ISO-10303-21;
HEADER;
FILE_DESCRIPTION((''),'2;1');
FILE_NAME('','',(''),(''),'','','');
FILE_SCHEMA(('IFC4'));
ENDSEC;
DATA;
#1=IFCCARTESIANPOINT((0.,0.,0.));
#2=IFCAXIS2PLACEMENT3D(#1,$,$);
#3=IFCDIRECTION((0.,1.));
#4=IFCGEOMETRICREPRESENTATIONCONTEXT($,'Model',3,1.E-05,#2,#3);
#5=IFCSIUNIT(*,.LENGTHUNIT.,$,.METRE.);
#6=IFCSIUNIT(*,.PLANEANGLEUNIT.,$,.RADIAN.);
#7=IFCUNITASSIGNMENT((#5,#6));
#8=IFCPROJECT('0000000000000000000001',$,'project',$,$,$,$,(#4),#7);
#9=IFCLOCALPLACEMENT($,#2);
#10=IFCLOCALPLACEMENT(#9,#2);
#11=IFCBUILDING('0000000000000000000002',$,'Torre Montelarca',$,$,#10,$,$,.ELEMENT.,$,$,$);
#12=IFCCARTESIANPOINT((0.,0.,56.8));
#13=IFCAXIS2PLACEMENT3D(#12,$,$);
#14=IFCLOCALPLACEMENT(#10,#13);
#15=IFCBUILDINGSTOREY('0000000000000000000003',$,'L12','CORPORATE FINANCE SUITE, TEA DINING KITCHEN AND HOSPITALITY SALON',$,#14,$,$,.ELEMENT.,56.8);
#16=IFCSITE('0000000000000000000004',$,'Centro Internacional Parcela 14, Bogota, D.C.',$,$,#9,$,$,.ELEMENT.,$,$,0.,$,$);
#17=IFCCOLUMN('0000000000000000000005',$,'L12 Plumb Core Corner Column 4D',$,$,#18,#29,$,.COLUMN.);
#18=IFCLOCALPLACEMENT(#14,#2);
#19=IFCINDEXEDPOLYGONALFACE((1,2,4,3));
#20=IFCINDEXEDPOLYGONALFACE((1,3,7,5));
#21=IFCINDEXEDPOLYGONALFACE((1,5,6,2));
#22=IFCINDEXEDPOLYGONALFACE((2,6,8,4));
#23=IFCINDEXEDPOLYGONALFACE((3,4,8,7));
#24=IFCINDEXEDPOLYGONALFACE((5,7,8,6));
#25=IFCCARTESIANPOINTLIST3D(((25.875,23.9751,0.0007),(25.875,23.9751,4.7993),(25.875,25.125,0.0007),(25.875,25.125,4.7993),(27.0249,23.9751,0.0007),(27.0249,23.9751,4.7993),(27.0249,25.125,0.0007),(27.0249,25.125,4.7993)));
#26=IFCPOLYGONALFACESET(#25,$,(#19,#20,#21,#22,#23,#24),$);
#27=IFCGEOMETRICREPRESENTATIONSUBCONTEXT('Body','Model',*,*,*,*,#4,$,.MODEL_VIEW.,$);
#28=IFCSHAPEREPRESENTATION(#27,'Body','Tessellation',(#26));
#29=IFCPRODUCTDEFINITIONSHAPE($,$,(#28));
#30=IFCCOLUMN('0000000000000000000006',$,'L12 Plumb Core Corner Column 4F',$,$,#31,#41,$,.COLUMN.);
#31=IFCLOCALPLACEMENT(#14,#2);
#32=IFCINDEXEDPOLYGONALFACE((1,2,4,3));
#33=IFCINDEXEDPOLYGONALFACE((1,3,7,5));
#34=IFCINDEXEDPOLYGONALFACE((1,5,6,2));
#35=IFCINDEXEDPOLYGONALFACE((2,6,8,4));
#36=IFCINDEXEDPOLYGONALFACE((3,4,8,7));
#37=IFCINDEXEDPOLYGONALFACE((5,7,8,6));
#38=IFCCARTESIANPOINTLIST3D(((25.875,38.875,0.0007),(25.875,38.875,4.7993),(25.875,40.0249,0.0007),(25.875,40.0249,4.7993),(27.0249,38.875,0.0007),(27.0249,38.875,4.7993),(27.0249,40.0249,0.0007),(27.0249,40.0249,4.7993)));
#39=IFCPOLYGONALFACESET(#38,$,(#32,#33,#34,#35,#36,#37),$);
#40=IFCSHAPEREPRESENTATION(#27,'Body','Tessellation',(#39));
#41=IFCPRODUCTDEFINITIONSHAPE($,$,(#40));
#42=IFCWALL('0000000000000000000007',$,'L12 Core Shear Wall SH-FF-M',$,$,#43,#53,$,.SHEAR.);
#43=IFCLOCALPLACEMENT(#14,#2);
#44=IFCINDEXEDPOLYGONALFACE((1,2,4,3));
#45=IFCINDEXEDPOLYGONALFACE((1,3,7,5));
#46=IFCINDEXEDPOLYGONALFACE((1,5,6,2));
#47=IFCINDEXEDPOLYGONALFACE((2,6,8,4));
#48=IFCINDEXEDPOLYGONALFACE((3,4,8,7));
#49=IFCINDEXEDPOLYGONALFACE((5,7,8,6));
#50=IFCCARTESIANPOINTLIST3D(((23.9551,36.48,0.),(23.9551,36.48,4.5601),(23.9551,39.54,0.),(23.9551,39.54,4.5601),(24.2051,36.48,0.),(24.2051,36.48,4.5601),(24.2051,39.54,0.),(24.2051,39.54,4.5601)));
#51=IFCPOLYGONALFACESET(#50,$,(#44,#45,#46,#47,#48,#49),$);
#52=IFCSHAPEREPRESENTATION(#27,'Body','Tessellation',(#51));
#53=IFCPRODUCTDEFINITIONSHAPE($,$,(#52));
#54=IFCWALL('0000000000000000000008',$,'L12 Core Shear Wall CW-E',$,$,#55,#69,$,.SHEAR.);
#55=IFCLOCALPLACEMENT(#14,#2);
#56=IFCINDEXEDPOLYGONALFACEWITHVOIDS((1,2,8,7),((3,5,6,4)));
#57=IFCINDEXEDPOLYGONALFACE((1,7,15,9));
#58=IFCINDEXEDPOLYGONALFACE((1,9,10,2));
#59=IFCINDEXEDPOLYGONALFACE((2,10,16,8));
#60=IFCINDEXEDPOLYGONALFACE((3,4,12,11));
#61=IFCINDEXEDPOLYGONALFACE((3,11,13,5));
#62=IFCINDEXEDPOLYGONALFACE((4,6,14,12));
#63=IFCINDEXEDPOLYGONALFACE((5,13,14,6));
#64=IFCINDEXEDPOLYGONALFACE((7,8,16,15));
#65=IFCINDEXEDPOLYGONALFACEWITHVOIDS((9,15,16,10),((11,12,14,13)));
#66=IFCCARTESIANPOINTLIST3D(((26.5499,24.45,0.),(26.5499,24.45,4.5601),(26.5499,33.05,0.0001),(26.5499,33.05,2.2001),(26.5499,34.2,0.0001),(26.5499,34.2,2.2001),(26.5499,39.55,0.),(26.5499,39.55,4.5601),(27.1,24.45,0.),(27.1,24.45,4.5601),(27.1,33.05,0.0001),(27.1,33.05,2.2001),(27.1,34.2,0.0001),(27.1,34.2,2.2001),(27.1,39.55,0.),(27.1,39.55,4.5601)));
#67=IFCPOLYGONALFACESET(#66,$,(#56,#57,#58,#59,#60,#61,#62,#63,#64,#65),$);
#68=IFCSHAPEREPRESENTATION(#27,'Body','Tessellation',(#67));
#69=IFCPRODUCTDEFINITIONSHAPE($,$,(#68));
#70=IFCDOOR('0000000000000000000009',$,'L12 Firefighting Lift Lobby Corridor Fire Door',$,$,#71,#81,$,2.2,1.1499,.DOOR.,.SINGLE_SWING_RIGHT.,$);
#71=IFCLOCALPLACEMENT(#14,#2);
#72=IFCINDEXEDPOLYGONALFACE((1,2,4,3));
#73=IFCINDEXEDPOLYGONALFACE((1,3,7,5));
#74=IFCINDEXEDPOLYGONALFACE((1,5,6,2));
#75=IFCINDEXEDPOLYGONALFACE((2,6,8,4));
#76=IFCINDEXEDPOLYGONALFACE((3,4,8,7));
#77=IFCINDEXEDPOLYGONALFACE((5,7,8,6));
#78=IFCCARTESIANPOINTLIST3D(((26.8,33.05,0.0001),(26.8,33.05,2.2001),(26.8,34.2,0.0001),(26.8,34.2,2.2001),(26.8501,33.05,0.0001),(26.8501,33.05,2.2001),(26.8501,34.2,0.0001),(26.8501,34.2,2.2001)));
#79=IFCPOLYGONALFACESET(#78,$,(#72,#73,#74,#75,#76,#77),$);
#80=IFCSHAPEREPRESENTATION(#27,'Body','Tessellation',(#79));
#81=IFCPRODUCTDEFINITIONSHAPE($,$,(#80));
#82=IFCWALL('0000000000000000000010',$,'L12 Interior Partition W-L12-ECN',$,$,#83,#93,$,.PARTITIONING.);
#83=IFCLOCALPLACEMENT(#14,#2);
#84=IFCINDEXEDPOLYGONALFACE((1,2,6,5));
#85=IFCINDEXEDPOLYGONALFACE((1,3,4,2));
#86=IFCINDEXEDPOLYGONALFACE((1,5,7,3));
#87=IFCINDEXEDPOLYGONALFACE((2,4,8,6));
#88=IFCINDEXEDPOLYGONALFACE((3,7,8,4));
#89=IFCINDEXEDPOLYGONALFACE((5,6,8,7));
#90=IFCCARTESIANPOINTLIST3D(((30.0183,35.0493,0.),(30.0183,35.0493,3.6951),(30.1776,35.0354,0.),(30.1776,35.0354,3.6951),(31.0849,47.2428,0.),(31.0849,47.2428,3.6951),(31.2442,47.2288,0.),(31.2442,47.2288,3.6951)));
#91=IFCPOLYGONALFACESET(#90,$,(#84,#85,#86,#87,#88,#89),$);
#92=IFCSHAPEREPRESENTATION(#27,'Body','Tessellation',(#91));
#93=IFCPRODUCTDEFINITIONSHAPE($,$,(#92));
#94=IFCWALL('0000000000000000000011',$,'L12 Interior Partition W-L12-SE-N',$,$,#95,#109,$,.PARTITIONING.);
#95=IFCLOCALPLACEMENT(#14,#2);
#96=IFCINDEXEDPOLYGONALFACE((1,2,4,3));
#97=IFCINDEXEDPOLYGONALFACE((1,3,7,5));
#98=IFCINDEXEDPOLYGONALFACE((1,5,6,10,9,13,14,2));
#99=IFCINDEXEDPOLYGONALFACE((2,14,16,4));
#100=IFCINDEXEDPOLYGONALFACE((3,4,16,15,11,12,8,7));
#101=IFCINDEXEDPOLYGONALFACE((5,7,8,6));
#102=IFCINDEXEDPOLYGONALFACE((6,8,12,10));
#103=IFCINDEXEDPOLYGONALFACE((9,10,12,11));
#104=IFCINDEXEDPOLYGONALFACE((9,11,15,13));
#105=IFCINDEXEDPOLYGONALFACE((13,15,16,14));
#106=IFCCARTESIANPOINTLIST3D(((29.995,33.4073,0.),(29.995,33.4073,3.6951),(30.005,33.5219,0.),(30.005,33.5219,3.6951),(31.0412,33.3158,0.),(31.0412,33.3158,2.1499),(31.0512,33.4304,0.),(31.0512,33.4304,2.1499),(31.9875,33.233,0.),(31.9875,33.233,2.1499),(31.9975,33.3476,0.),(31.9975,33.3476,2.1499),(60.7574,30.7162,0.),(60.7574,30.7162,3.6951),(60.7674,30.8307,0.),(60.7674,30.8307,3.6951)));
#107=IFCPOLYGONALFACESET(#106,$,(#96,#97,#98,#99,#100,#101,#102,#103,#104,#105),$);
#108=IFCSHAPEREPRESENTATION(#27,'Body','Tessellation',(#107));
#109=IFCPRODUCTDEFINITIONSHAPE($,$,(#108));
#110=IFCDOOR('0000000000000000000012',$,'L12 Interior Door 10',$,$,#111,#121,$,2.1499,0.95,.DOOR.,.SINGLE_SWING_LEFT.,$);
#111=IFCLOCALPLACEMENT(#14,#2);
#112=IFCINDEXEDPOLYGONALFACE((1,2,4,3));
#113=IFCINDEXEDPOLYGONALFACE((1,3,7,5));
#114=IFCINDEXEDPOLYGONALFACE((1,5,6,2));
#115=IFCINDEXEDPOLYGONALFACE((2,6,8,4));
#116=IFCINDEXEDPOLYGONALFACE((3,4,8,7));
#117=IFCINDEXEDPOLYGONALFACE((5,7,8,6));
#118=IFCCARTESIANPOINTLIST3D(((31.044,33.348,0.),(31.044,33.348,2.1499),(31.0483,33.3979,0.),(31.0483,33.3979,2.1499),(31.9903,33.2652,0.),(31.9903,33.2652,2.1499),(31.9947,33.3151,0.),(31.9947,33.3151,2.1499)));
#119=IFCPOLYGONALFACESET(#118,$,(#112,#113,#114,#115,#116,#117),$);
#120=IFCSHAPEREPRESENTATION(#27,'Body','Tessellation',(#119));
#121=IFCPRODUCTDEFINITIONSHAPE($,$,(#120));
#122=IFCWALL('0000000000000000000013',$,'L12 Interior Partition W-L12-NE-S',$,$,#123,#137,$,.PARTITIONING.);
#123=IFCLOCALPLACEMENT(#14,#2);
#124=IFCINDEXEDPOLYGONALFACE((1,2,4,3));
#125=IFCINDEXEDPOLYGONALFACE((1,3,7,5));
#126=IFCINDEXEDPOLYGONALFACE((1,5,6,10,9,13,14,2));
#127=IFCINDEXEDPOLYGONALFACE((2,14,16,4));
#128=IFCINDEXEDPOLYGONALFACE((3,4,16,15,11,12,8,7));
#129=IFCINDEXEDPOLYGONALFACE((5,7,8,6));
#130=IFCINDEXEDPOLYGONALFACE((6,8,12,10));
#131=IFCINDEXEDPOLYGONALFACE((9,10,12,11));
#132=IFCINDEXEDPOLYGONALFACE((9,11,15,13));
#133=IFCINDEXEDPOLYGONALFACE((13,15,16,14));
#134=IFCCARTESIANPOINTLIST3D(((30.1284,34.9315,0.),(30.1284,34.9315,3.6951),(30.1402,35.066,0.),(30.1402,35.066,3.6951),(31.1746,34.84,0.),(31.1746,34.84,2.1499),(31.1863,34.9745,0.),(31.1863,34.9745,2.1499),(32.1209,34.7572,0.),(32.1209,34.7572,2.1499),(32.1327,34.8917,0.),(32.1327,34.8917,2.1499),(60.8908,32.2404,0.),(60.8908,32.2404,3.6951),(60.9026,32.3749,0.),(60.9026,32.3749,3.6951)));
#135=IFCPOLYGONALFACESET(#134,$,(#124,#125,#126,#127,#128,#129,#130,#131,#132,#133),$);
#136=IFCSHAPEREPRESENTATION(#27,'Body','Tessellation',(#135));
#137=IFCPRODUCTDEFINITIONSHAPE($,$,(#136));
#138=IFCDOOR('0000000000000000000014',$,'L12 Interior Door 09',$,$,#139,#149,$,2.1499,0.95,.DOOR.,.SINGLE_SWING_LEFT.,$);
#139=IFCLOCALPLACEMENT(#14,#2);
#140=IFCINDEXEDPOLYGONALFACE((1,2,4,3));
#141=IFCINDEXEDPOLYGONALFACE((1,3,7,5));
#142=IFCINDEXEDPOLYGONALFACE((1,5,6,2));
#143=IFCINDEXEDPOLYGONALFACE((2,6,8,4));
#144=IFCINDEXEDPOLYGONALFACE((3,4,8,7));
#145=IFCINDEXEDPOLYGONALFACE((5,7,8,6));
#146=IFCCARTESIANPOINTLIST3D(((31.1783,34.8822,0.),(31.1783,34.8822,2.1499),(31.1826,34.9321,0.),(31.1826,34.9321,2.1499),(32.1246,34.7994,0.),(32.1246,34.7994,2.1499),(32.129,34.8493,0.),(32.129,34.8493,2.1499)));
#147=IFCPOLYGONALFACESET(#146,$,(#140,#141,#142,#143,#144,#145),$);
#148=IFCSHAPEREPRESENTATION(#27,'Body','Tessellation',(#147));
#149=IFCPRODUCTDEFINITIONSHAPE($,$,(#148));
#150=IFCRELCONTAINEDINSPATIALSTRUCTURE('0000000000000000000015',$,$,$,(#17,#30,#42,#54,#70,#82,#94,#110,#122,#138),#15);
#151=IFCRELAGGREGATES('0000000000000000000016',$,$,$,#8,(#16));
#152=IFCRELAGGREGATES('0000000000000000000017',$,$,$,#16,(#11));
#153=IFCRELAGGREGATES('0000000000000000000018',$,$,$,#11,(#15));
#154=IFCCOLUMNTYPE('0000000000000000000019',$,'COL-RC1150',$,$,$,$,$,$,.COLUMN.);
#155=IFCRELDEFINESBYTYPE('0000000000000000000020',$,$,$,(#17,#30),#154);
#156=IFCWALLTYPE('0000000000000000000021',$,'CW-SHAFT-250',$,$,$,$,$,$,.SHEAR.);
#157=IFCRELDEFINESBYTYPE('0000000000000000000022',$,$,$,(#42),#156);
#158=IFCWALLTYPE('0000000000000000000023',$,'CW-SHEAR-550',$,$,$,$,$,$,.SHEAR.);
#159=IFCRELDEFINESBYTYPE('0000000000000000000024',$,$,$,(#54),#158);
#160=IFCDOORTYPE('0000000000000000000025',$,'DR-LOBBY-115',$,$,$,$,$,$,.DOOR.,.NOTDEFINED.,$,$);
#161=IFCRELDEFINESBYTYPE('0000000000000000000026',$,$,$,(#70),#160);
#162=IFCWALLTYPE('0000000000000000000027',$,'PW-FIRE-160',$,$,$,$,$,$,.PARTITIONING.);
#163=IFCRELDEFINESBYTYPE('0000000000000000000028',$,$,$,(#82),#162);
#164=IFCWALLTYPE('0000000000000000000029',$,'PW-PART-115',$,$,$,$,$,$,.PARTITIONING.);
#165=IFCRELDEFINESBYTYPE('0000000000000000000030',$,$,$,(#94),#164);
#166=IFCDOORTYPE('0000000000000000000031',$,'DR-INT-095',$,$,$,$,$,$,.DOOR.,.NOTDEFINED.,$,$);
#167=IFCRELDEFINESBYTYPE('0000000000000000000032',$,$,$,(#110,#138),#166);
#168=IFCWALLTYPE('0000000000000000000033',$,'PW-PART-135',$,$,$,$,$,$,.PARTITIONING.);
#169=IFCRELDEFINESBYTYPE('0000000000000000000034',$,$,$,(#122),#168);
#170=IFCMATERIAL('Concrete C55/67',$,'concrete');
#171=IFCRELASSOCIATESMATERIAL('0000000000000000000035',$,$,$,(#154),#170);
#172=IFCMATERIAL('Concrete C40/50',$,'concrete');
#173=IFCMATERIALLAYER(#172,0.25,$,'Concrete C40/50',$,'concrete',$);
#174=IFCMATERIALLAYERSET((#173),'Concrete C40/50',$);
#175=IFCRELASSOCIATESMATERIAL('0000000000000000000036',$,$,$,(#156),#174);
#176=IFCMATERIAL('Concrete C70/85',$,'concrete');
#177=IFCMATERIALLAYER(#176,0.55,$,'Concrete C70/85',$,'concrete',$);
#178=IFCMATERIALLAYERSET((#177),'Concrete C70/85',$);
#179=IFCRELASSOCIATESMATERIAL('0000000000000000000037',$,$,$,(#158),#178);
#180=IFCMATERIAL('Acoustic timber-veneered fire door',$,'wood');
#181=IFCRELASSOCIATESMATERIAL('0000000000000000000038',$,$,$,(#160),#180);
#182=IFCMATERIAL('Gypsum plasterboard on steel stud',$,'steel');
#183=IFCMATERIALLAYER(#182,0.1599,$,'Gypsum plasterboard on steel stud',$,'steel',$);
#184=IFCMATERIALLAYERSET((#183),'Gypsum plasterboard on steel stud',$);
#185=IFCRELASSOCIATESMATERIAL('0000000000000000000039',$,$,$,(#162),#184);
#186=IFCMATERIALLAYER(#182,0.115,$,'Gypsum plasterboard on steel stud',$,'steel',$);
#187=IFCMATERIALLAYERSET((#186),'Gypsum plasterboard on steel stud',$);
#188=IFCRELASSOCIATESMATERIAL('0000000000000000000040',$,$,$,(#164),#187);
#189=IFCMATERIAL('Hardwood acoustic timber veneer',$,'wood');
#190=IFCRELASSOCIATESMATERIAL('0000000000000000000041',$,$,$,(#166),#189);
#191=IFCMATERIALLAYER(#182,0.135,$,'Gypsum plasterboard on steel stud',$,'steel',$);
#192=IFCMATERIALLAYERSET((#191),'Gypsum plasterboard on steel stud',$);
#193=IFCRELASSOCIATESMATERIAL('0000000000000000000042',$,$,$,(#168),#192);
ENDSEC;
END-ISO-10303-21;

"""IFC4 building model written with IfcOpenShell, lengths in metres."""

from ifc_helpers import new_model, si_unit, direction, frame, frame_2d, origin, origin_2d, place, context, subcontext, project, spatial, rectangle, extrude, source, transform, mapped, material, layer, layer_set, material_profile, profile_set, type_object, element, fill, save


model = new_model("IFC4")

# Units and contexts
model_context = context("Model", 3, precision=1e-05, world=origin(), true_north=direction((0.0, 1.0)))
body_context = subcontext(model_context, "Body", "Model", "MODEL_VIEW")
ifc_project = project(units=[si_unit("LENGTHUNIT", "METRE"), si_unit("PLANEANGLEUNIT", "RADIAN")], contexts=[model_context])

# Site, building, storey
site_placement = place(None, origin())
site = spatial("IfcSite", under=ifc_project, at=site_placement, Name="Centro Internacional Parcela 14, Bogota, D.C.", CompositionType="ELEMENT", RefElevation=0.0)
building_placement = place(site_placement, origin())
building = spatial("IfcBuilding", under=site, at=building_placement, Name="Torre Montelarca", CompositionType="ELEMENT")
storey_placement = place(building_placement, frame((0.0, 0.0, 56.8)))
storey = spatial("IfcBuildingStorey", under=building, at=storey_placement, Name="L12", Description="CORPORATE FINANCE SUITE, TEA DINING KITCHEN AND HOSPITALITY SALON", CompositionType="ELEMENT", Elevation=56.8)

# Columns
ifc_material_1 = material(Name="Concrete C70/85", Category="concrete")
ifc_material_2 = material(Name="Concrete C55/67", Category="concrete")
ifc_material_profile_1 = material_profile(ifc_material_2, rectangle(XDim=1.1499, YDim=1.1499, at=origin_2d()), Name="RC1150X1150", Category="concrete")
ifc_profile_set_1 = profile_set([ifc_material_profile_1], Name="Concrete C55/67")
column_type_1 = type_object("IfcColumnType", Name="COL-RC1150", PredefinedType="COLUMN", material=ifc_profile_set_1)
shared_shape_1 = source(origin(), body_context, "Body", "SweptSolid", [
    extrude(rectangle(XDim=1.1499, YDim=1.1499, at=origin_2d()), origin(), (0.0, 0.0, 1.0), 4.7986),
])
for number, where, z_axis, x_axis, name in (
    (1, (26.45, 24.55, 0.0007), (0.0, 0.0, 1.0), (1.0, 0.0, 0.0), "L12 Plumb Core Corner Column 4D"),
    (2, (26.45, 39.45, 0.0007), (0.0, 0.0, 1.0), (1.0, 0.0, 0.0), "L12 Plumb Core Corner Column 4F"),
):
    element("IfcColumn", number, at=place(storey_placement, frame(where, z_axis=z_axis, x_axis=x_axis)), inside=storey, type_object=column_type_1, Name=name, PredefinedType="COLUMN", context=body_context, shape_type="MappedRepresentation", body=[
        mapped(shared_shape_1, transform((0.0, 0.0, 0.0), scale=1.0)),
    ])

# Wall
ifc_material_3 = material(Name="Concrete C40/50", Category="concrete")
ifc_layer_1 = layer(ifc_material_3, 0.25, Name="Concrete C40/50", Category="concrete")
ifc_layer_set_1 = layer_set([ifc_layer_1], Name="Concrete C40/50")
wall_type_1 = type_object("IfcWallType", Name="CW-SHAFT-250", PredefinedType="SHEAR", material=ifc_layer_set_1)
wall_1_placement = place(storey_placement, frame((24.0801, 36.48, 0.0), z_axis=(0.0, 0.0, 1.0), x_axis=(0.0, 1.0, 0.0)))
element("IfcWall", 3, at=wall_1_placement, inside=storey, type_object=wall_type_1, Name="L12 Core Shear Wall SH-FF-M", PredefinedType="SHEAR", context=body_context, shape_type="SweptSolid", body=[
    extrude(rectangle(XDim=3.0601, YDim=0.25, at=frame_2d((1.53, 0.0))), origin(), (0.0, 0.0, 1.0), 4.5601),
])

# Wall, opening, door
ifc_layer_2 = layer(ifc_material_1, 0.55, Name="Concrete C70/85", Category="concrete")
ifc_layer_set_2 = layer_set([ifc_layer_2], Name="Concrete C70/85")
wall_type_2 = type_object("IfcWallType", Name="CW-SHEAR-550", PredefinedType="SHEAR", material=ifc_layer_set_2)
wall_2_placement = place(storey_placement, frame((26.825, 24.45, 0.0), z_axis=(0.0, 0.0, 1.0), x_axis=(0.0, 1.0, 0.0)))
wall_2 = element("IfcWall", 4, at=wall_2_placement, inside=storey, type_object=wall_type_2, Name="L12 Core Shear Wall CW-E", PredefinedType="SHEAR", context=body_context, shape_type="SweptSolid", body=[
    extrude(rectangle(XDim=15.1001, YDim=0.55, at=frame_2d((7.55, 0.0))), origin(), (0.0, 0.0, 1.0), 4.5601),
])
opening_1_placement = place(wall_2_placement, frame((8.6001, 0.0, 0.0)))
opening_1 = element("IfcOpeningElement", 5, at=opening_1_placement, cuts=wall_2, PredefinedType="OPENING", context=body_context, shape_type="SweptSolid", body=[
    extrude(rectangle(XDim=1.1499, YDim=2.2, at=frame_2d((0.575, 1.1001))), frame((0.0, 0.2852, 0.0), z_axis=(0.0, -1.0, 0.0), x_axis=(1.0, 0.0, 0.0)), (0.0, 0.0, 1.0), 0.5701),
])
ifc_material_4 = material(Name="Acoustic timber-veneered fire door", Category="wood")
door_type_1 = type_object("IfcDoorType", Name="DR-LOBBY-115", OperationType="NOTDEFINED", PredefinedType="DOOR", material=ifc_material_4)
shared_shape_2 = source(origin(), body_context, "Body", "SweptSolid", [
    extrude(rectangle(XDim=1.1499, YDim=2.2, at=frame_2d((0.575, 1.1001))), frame((0.0, 0.0249, 0.0), z_axis=(0.0, -1.0, 0.0), x_axis=(1.0, 0.0, 0.0)), (0.0, 0.0, 1.0), 0.05),
])
door_1_placement = place(opening_1_placement, origin())
door_1 = element("IfcDoor", 6, at=door_1_placement, inside=storey, type_object=door_type_1, Name="L12 Firefighting Lift Lobby Corridor Fire Door", OperationType="SINGLE_SWING_RIGHT", OverallHeight=2.2, OverallWidth=1.1499, PredefinedType="DOOR", context=body_context, shape_type="MappedRepresentation", body=[
    mapped(shared_shape_2, transform((0.0, 0.0, 0.0), scale=1.0)),
])
fill(opening_1, door_1)

# Wall
ifc_material_5 = material(Name="Gypsum plasterboard on steel stud", Category="steel")
ifc_layer_3 = layer(ifc_material_5, 0.1599, Name="Gypsum plasterboard on steel stud", Category="steel")
ifc_layer_set_3 = layer_set([ifc_layer_3], Name="Gypsum plasterboard on steel stud")
wall_type_3 = type_object("IfcWallType", Name="PW-FIRE-160", PredefinedType="PARTITIONING", material=ifc_layer_set_3)
wall_3_placement = place(storey_placement, frame((30.0979, 35.0422, 0.0), z_axis=(0.0, 0.0, 1.0), x_axis=(0.087145, 0.996196, 0.0)))
element("IfcWall", 7, at=wall_3_placement, inside=storey, type_object=wall_type_3, Name="L12 Interior Partition W-L12-ECN", PredefinedType="PARTITIONING", context=body_context, shape_type="SweptSolid", body=[
    extrude(rectangle(XDim=12.24, YDim=0.1599, at=frame_2d((6.1201, 0.0))), origin(), (0.0, 0.0, 1.0), 3.6951),
])

# Walls, openings, doors
ifc_layer_4 = layer(ifc_material_5, 0.115, Name="Gypsum plasterboard on steel stud", Category="steel")
ifc_layer_set_4 = layer_set([ifc_layer_4], Name="Gypsum plasterboard on steel stud")
wall_type_4 = type_object("IfcWallType", Name="PW-PART-115", PredefinedType="PARTITIONING", material=ifc_layer_set_4)
wall_4_placement = place(storey_placement, frame((30.0, 33.4646, 0.0), z_axis=(0.0, 0.0, 1.0), x_axis=(0.996195, -0.087149, 0.0)))
wall_4 = element("IfcWall", 8, at=wall_4_placement, inside=storey, type_object=wall_type_4, Name="L12 Interior Partition W-L12-SE-N", PredefinedType="PARTITIONING", context=body_context, shape_type="SweptSolid", body=[
    extrude(rectangle(XDim=30.8799, YDim=0.115, at=frame_2d((15.4399, 0.0))), origin(), (0.0, 0.0, 1.0), 3.6951),
])
opening_2_placement = place(wall_4_placement, frame((1.05, 0.0, 0.0)))
opening_2 = element("IfcOpeningElement", 9, at=opening_2_placement, cuts=wall_4, PredefinedType="OPENING", context=body_context, shape_type="SweptSolid", body=[
    extrude(rectangle(XDim=0.95, YDim=2.1499, at=frame_2d((0.4751, 1.075))), frame((0.0, 0.0674, 0.0), z_axis=(0.0, -1.0, 0.0), x_axis=(1.0, 0.0, 0.0)), (0.0, 0.0, 1.0), 0.135),
])
ifc_material_6 = material(Name="Hardwood acoustic timber veneer", Category="wood")
door_type_2 = type_object("IfcDoorType", Name="DR-INT-095", OperationType="NOTDEFINED", PredefinedType="DOOR", material=ifc_material_6)
shared_shape_3 = source(origin(), body_context, "Body", "SweptSolid", [
    extrude(rectangle(XDim=0.95, YDim=2.1499, at=frame_2d((0.4751, 1.075))), frame((0.0, 0.0249, 0.0), z_axis=(0.0, -1.0, 0.0), x_axis=(1.0, 0.0, 0.0)), (0.0, 0.0, 1.0), 0.05),
])
door_2_placement = place(opening_2_placement, origin())
door_2 = element("IfcDoor", 10, at=door_2_placement, inside=storey, type_object=door_type_2, Name="L12 Interior Door 10", OperationType="SINGLE_SWING_LEFT", OverallHeight=2.1499, OverallWidth=0.95, PredefinedType="DOOR", context=body_context, shape_type="MappedRepresentation", body=[
    mapped(shared_shape_3, transform((0.0, 0.0, 0.0), scale=1.0)),
])
fill(opening_2, door_2)
ifc_layer_5 = layer(ifc_material_5, 0.135, Name="Gypsum plasterboard on steel stud", Category="steel")
ifc_layer_set_5 = layer_set([ifc_layer_5], Name="Gypsum plasterboard on steel stud")
wall_type_5 = type_object("IfcWallType", Name="PW-PART-135", PredefinedType="PARTITIONING", material=ifc_layer_set_5)
wall_5_placement = place(storey_placement, frame((30.1343, 34.9988, 0.0), z_axis=(0.0, 0.0, 1.0), x_axis=(0.996195, -0.087149, 0.0)))
wall_5 = element("IfcWall", 11, at=wall_5_placement, inside=storey, type_object=wall_type_5, Name="L12 Interior Partition W-L12-NE-S", PredefinedType="PARTITIONING", context=body_context, shape_type="SweptSolid", body=[
    extrude(rectangle(XDim=30.8799, YDim=0.135, at=frame_2d((15.4399, 0.0))), origin(), (0.0, 0.0, 1.0), 3.6951),
])
opening_3_placement = place(wall_5_placement, frame((1.05, 0.0, 0.0)))
opening_3 = element("IfcOpeningElement", 12, at=opening_3_placement, cuts=wall_5, PredefinedType="OPENING", context=body_context, shape_type="SweptSolid", body=[
    extrude(rectangle(XDim=0.95, YDim=2.1499, at=frame_2d((0.4751, 1.075))), frame((0.0, 0.0776, 0.0), z_axis=(0.0, -1.0, 0.0), x_axis=(1.0, 0.0, 0.0)), (0.0, 0.0, 1.0), 0.155),
])
door_3_placement = place(opening_3_placement, origin())
door_3 = element("IfcDoor", 13, at=door_3_placement, inside=storey, type_object=door_type_2, Name="L12 Interior Door 09", OperationType="SINGLE_SWING_LEFT", OverallHeight=2.1499, OverallWidth=0.95, PredefinedType="DOOR", context=body_context, shape_type="MappedRepresentation", body=[
    mapped(shared_shape_3, transform((0.0, 0.0, 0.0), scale=1.0)),
])
fill(opening_3, door_3)

save(model, "model.ifc")
